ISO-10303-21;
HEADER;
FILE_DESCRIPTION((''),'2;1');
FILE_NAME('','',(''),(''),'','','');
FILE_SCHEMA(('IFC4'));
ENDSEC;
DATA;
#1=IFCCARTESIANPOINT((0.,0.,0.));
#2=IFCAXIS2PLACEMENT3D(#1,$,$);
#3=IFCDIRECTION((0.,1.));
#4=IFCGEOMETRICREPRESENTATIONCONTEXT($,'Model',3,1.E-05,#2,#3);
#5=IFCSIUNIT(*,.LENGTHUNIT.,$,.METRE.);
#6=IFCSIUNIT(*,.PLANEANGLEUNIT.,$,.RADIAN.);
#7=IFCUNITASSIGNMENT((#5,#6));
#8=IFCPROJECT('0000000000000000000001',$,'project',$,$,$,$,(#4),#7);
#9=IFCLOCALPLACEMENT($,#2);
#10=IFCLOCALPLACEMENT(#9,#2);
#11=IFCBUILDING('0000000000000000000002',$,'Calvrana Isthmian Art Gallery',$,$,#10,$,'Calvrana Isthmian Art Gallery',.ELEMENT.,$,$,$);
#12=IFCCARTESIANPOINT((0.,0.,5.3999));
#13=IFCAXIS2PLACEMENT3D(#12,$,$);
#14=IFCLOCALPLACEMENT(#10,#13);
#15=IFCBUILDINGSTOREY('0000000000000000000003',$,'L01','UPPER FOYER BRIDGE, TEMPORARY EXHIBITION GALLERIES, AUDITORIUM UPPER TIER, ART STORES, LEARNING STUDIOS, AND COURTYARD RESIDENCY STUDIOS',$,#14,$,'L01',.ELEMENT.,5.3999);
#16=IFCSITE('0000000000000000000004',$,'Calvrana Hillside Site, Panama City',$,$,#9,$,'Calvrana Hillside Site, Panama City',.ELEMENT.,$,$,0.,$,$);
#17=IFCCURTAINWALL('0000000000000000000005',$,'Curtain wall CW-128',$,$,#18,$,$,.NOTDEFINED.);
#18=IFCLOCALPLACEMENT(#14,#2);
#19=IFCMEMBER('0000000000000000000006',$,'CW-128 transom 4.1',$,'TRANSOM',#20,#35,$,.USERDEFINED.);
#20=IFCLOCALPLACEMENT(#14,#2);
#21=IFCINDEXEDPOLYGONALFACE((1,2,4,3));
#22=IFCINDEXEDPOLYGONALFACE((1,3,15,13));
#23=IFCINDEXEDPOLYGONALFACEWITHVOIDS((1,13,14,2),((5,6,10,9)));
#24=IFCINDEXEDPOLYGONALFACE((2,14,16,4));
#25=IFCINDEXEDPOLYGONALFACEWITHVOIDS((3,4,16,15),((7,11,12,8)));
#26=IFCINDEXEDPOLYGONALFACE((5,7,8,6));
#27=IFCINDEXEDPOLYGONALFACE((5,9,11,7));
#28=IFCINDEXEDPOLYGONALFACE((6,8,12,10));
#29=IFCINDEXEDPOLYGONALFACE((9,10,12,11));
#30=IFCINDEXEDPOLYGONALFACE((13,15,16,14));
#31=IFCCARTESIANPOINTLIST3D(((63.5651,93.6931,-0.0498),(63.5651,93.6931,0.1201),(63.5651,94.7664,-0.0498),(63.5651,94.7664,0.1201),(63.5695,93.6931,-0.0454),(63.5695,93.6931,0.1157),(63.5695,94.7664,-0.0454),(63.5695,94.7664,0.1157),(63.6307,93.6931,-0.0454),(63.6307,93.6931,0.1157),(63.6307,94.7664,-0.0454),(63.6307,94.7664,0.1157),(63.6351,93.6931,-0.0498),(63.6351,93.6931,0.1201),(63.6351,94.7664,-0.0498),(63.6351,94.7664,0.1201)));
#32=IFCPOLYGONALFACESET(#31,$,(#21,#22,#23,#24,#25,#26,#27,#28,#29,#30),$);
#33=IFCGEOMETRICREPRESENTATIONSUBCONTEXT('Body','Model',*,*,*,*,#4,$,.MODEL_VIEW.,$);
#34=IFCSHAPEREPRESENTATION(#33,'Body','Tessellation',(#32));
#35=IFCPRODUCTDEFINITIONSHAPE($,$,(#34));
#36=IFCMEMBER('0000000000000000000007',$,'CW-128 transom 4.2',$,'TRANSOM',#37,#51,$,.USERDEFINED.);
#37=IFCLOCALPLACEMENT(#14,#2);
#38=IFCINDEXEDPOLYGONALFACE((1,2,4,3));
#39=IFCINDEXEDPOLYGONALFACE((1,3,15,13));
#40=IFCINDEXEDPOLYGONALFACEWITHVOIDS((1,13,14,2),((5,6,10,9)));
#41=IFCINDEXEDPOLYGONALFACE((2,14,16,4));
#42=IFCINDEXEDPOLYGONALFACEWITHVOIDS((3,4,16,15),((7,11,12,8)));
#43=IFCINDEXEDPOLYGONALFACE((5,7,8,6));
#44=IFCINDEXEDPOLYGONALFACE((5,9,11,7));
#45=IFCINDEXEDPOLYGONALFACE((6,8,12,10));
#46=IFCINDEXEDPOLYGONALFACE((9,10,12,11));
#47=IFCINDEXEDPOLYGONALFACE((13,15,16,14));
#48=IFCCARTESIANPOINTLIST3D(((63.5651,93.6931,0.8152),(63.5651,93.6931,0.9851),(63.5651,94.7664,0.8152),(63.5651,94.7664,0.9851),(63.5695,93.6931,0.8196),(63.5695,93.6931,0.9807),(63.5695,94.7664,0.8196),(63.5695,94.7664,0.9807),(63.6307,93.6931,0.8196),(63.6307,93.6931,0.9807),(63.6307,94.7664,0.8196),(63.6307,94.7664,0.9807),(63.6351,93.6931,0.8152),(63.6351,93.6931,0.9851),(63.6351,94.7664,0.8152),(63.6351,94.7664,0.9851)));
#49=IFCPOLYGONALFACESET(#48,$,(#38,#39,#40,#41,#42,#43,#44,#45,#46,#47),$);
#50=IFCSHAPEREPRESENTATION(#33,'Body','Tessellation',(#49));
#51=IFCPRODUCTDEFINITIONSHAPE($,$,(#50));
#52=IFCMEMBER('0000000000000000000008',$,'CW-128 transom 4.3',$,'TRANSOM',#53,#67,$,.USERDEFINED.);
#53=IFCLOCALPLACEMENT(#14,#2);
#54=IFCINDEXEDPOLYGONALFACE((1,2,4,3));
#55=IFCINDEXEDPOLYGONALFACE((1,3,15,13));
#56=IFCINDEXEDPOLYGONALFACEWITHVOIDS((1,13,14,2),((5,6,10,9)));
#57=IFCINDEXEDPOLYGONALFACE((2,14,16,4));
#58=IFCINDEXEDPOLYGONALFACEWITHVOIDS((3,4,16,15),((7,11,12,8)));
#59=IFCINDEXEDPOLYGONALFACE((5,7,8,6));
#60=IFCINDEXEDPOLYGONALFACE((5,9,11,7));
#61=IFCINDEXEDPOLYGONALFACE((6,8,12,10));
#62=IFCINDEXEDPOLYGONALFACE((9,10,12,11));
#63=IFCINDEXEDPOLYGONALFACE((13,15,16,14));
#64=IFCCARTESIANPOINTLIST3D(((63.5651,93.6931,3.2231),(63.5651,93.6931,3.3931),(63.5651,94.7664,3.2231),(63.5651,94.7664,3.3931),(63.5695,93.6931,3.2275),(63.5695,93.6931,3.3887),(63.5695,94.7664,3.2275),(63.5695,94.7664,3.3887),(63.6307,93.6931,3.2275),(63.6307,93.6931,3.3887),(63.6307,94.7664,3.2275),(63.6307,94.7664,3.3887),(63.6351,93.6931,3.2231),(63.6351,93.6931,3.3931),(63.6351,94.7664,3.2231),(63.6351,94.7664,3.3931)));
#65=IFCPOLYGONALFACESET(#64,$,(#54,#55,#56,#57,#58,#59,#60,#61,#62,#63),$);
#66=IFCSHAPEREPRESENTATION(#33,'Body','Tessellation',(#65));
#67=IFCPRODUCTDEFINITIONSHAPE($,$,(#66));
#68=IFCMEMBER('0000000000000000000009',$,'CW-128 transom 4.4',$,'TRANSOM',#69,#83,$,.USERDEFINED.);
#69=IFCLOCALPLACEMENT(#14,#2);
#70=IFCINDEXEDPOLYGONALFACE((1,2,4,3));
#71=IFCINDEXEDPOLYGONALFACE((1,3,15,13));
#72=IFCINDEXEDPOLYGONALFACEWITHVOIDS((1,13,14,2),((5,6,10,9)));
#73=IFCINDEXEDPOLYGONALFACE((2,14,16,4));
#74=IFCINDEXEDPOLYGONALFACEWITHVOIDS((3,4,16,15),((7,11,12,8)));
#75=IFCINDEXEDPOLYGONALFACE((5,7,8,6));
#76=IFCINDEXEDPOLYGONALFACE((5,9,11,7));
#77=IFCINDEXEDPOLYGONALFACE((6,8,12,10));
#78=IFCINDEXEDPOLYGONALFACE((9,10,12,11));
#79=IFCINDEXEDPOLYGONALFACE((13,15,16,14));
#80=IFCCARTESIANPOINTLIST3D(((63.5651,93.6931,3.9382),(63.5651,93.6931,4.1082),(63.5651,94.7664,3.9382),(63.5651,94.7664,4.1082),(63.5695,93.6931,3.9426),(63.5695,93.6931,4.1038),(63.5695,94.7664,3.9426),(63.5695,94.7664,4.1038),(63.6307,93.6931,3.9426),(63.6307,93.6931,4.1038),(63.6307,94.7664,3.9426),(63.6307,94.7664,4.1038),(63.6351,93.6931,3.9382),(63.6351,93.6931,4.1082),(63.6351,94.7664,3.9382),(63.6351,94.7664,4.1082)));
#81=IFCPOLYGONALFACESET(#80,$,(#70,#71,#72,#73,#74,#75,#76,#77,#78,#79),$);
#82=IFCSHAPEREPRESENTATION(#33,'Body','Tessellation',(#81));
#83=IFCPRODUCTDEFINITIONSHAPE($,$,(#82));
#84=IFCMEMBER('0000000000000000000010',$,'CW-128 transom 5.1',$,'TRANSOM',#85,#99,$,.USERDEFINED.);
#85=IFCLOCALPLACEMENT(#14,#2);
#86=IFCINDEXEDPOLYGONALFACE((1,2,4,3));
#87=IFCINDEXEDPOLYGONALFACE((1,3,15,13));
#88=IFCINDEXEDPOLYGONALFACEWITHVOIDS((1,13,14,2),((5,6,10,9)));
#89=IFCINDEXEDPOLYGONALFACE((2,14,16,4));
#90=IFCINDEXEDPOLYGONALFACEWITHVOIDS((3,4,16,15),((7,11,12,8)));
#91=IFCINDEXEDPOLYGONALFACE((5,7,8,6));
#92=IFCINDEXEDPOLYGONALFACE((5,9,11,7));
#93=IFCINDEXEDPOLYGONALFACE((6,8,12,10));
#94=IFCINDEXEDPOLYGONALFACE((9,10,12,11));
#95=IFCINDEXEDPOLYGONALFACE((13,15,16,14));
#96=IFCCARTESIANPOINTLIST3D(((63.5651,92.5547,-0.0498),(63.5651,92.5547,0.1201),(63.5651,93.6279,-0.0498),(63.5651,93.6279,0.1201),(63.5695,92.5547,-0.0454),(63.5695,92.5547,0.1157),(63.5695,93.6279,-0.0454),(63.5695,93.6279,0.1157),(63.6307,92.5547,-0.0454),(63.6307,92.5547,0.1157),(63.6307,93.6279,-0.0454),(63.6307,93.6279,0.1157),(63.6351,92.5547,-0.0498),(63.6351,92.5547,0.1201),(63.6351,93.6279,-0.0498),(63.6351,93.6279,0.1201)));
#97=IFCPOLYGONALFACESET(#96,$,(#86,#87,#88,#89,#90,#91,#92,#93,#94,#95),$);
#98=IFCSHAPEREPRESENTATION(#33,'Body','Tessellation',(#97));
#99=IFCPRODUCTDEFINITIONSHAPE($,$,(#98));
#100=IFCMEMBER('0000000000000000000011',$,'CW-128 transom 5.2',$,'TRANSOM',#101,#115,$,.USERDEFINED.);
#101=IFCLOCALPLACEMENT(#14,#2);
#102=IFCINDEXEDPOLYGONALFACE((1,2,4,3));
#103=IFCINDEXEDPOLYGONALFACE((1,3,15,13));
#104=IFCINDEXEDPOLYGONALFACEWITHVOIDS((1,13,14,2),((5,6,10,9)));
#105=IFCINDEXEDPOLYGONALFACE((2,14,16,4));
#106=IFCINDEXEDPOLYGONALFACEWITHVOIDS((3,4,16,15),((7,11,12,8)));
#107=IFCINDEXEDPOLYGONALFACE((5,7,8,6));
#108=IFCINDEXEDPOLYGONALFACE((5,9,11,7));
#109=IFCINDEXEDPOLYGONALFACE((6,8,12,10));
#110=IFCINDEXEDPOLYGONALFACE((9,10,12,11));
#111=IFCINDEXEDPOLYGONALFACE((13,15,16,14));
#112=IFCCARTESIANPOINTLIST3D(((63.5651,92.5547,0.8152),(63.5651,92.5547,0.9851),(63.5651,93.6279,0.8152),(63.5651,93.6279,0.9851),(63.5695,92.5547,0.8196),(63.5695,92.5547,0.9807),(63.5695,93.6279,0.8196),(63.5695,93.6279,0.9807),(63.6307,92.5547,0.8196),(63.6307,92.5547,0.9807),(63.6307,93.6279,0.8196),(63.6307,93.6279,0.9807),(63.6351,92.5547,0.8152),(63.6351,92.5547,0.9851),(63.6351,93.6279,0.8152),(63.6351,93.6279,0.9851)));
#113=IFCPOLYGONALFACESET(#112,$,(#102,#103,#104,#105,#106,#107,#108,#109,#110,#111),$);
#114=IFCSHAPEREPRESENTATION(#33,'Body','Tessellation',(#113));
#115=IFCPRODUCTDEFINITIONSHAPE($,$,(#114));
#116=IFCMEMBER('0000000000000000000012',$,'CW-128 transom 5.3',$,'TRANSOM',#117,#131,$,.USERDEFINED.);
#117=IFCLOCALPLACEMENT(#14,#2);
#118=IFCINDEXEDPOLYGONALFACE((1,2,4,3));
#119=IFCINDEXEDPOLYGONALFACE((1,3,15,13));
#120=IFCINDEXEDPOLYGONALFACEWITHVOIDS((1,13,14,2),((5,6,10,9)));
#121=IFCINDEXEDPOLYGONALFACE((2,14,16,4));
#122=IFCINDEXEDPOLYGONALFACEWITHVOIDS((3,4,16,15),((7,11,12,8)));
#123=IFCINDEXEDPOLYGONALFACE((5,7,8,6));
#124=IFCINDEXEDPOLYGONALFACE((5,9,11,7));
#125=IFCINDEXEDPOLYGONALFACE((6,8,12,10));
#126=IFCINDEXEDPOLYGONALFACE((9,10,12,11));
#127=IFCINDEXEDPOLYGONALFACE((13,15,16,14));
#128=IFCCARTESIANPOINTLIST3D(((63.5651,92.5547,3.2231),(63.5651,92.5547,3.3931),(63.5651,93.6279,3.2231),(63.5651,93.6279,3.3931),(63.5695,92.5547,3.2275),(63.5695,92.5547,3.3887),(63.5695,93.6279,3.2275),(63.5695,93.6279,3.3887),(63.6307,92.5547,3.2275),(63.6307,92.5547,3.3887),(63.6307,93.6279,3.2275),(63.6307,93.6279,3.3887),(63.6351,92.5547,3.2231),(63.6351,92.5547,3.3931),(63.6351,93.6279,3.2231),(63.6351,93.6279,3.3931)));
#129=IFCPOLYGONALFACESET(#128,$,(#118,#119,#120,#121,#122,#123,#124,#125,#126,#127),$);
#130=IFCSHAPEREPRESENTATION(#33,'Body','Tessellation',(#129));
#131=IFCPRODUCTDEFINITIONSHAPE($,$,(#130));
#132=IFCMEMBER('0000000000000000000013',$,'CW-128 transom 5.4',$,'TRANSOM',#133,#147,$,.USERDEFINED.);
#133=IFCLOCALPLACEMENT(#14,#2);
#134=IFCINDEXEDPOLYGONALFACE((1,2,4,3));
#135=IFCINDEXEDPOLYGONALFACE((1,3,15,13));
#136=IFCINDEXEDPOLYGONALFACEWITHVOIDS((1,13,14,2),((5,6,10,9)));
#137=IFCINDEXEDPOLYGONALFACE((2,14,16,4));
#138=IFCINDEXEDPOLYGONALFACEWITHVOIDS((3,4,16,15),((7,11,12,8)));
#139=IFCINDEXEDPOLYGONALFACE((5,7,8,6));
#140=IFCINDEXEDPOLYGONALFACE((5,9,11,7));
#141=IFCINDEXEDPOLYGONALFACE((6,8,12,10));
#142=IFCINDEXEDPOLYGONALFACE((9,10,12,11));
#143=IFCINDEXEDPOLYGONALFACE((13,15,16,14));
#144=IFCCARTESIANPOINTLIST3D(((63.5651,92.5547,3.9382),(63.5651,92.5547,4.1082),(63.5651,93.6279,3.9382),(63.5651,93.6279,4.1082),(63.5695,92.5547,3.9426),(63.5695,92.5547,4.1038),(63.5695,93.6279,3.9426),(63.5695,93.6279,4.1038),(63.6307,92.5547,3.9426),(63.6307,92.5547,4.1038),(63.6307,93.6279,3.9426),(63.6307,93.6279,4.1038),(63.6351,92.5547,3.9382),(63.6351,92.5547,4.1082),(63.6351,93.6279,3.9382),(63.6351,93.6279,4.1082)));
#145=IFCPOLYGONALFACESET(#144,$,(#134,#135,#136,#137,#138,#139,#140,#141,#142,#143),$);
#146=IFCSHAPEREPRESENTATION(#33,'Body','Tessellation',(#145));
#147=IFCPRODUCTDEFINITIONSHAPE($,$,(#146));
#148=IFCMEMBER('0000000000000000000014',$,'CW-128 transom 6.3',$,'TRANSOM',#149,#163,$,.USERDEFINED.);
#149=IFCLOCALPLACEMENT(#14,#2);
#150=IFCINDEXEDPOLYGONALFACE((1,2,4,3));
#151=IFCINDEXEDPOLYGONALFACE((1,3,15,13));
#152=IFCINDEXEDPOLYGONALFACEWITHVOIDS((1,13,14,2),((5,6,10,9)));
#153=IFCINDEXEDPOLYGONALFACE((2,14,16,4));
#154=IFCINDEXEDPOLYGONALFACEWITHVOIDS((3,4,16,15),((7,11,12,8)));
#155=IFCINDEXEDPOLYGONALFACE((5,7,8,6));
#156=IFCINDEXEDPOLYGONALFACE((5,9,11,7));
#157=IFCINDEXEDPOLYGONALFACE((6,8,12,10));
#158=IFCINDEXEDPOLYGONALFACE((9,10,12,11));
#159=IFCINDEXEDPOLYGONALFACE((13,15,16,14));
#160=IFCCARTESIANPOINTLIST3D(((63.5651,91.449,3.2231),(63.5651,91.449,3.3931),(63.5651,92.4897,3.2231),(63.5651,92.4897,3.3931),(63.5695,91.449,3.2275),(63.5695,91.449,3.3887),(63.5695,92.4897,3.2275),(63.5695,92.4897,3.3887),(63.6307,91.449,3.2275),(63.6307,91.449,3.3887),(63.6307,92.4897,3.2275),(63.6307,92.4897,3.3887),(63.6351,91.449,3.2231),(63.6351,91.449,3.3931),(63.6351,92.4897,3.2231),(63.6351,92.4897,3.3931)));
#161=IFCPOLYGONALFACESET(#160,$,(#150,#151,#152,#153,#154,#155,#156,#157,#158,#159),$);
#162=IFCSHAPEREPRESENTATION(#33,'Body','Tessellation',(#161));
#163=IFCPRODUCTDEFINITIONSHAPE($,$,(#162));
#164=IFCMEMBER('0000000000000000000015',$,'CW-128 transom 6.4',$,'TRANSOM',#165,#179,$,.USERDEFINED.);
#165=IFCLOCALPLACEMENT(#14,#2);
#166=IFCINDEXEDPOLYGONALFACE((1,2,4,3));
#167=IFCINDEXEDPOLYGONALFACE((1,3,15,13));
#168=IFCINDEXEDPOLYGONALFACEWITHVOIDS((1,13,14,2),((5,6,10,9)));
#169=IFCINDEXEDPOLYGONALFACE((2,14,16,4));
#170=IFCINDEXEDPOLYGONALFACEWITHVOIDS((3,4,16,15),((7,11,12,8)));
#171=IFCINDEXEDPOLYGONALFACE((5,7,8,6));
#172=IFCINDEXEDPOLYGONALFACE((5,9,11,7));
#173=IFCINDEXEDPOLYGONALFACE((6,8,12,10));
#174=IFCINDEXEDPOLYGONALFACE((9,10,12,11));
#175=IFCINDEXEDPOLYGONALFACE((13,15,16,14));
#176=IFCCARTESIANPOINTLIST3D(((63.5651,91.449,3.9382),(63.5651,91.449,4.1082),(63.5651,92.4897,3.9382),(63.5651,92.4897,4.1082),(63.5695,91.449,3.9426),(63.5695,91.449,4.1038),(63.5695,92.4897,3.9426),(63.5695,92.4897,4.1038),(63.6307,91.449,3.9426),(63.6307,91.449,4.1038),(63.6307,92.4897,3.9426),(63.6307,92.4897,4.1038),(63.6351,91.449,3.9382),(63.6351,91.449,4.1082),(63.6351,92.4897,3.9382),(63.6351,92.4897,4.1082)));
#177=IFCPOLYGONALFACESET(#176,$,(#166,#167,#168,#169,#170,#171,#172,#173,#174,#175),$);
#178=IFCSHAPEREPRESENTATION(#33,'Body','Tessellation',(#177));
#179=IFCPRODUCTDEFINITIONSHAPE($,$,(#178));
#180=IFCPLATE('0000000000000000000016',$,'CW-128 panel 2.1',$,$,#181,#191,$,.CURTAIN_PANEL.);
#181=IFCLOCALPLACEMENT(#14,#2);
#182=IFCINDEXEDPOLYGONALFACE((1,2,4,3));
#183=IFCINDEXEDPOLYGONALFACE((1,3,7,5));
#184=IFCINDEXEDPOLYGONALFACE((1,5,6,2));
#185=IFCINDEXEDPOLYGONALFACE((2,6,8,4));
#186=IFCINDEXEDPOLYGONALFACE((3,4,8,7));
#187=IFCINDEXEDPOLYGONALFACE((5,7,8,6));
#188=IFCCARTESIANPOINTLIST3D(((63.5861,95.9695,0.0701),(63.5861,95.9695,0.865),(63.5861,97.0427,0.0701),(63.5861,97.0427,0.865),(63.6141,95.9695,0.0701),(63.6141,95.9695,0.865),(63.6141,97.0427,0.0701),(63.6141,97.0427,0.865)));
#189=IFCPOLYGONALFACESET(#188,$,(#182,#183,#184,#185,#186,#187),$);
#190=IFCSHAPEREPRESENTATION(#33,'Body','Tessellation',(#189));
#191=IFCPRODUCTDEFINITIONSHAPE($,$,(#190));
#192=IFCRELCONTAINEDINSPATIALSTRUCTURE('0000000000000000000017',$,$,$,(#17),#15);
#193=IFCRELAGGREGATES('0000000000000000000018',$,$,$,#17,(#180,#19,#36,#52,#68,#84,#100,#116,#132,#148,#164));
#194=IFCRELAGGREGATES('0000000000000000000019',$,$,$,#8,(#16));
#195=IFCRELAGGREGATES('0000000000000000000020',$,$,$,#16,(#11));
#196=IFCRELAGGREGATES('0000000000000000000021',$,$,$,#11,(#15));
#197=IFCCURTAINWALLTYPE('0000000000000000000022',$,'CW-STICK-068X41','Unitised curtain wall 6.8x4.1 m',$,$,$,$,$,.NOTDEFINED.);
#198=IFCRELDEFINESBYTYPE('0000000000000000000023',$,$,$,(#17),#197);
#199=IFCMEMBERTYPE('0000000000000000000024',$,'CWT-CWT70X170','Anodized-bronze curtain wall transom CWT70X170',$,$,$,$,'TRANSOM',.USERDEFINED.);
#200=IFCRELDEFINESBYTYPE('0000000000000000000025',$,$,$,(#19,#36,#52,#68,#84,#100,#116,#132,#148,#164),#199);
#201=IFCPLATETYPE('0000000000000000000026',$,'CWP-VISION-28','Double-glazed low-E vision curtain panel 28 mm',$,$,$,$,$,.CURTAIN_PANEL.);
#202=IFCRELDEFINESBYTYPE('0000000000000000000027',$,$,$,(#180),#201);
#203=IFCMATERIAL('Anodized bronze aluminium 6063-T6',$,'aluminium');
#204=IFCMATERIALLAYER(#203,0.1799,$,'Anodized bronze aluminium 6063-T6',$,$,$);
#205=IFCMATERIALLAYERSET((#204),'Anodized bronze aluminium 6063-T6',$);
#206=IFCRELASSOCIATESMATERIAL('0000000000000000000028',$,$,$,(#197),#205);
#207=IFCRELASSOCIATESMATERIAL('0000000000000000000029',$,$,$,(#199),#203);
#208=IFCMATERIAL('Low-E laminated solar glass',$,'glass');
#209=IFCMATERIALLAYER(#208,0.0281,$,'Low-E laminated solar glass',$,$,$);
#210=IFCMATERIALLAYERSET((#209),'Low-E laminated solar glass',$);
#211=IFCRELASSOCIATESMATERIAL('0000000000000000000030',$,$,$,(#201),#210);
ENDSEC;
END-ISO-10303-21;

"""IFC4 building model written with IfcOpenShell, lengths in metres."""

from ifc_helpers import new_model, si_unit, direction, frame, origin, origin_2d, place, context, subcontext, project, spatial, rectangle, hollow_rectangle, extrude, material, layer, layer_set, material_profile, profile_set, type_object, element, aggregate, save


model = new_model("IFC4")

# Units and contexts
model_context = context("Model", 3, precision=1e-05, world=origin(), true_north=direction((0.0, 1.0)))
body_context = subcontext(model_context, "Body", "Model", "MODEL_VIEW")
ifc_project = project(units=[si_unit("LENGTHUNIT", "METRE"), si_unit("PLANEANGLEUNIT", "RADIAN")], contexts=[model_context])

# Site, building, storey
site_placement = place(None, origin())
site = spatial("IfcSite", under=ifc_project, at=site_placement, Name="Calvrana Hillside Site, Panama City", LongName="Calvrana Hillside Site, Panama City", CompositionType="ELEMENT", RefElevation=0.0)
building_placement = place(site_placement, origin())
building = spatial("IfcBuilding", under=site, at=building_placement, Name="Calvrana Isthmian Art Gallery", LongName="Calvrana Isthmian Art Gallery", CompositionType="ELEMENT")
storey_placement = place(building_placement, frame((0.0, 0.0, 5.3999)))
storey = spatial("IfcBuildingStorey", under=building, at=storey_placement, Name="L01", Description="UPPER FOYER BRIDGE, TEMPORARY EXHIBITION GALLERIES, AUDITORIUM UPPER TIER, ART STORES, LEARNING STUDIOS, AND COURTYARD RESIDENCY STUDIOS", LongName="L01", CompositionType="ELEMENT", Elevation=5.3999)

# Curtain wall, members, plate
ifc_material_1 = material(Name="Anodized bronze aluminium 6063-T6", Category="aluminium")
ifc_layer_1 = layer(ifc_material_1, 0.1799, Name="Anodized bronze aluminium 6063-T6")
ifc_layer_set_1 = layer_set([ifc_layer_1], Name="Anodized bronze aluminium 6063-T6")
curtain_wall_type = type_object("IfcCurtainWallType", Name="CW-STICK-068X41", Description="Unitised curtain wall 6.8x4.1 m", PredefinedType="NOTDEFINED", material=ifc_layer_set_1)
curtain_wall_placement = place(storey_placement, origin())
curtain_wall = element("IfcCurtainWall", 1, at=curtain_wall_placement, inside=storey, type_object=curtain_wall_type, Name="Curtain wall CW-128", PredefinedType="NOTDEFINED")
ifc_material_profile_1 = material_profile(ifc_material_1, hollow_rectangle(XDim=0.0701, YDim=0.1699, WallThickness=0.0044, at=origin_2d()), Name="CWT70X170")
ifc_profile_set_1 = profile_set([ifc_material_profile_1], Name="Anodized bronze aluminium 6063-T6")
member_type_1 = type_object("IfcMemberType", Name="CWT-CWT70X170", Description="Anodized-bronze curtain wall transom CWT70X170", ElementType="TRANSOM", PredefinedType="USERDEFINED", material=ifc_profile_set_1)
member_1_placement = place(storey_placement, frame((63.6001, 94.7664, 0.0352), z_axis=(0.0, -1.0, 0.0), x_axis=(1.0, 0.0, 0.0)))
member_1 = element("IfcMember", 2, at=member_1_placement, type_object=member_type_1, Name="CW-128 transom 4.1", ObjectType="TRANSOM", PredefinedType="USERDEFINED", context=body_context, shape_type="SweptSolid", body=[
    extrude(hollow_rectangle(XDim=0.0701, YDim=0.1699, WallThickness=0.0044, at=origin_2d()), origin(), (0.0, 0.0, 1.0), 1.0732),
])
member_2_placement = place(storey_placement, frame((63.6001, 94.7664, 0.9001), z_axis=(0.0, -1.0, 0.0), x_axis=(1.0, 0.0, 0.0)))
member_2 = element("IfcMember", 3, at=member_2_placement, type_object=member_type_1, Name="CW-128 transom 4.2", ObjectType="TRANSOM", PredefinedType="USERDEFINED", context=body_context, shape_type="SweptSolid", body=[
    extrude(hollow_rectangle(XDim=0.0701, YDim=0.1699, WallThickness=0.0044, at=origin_2d()), origin(), (0.0, 0.0, 1.0), 1.0732),
])
member_3_placement = place(storey_placement, frame((63.6001, 94.7664, 3.3081), z_axis=(0.0, -1.0, 0.0), x_axis=(1.0, 0.0, 0.0)))
member_3 = element("IfcMember", 4, at=member_3_placement, type_object=member_type_1, Name="CW-128 transom 4.3", ObjectType="TRANSOM", PredefinedType="USERDEFINED", context=body_context, shape_type="SweptSolid", body=[
    extrude(hollow_rectangle(XDim=0.0701, YDim=0.1699, WallThickness=0.0044, at=origin_2d()), origin(), (0.0, 0.0, 1.0), 1.0732),
])
member_4_placement = place(storey_placement, frame((63.6001, 94.7664, 4.0232), z_axis=(0.0, -1.0, 0.0), x_axis=(1.0, 0.0, 0.0)))
member_4 = element("IfcMember", 5, at=member_4_placement, type_object=member_type_1, Name="CW-128 transom 4.4", ObjectType="TRANSOM", PredefinedType="USERDEFINED", context=body_context, shape_type="SweptSolid", body=[
    extrude(hollow_rectangle(XDim=0.0701, YDim=0.1699, WallThickness=0.0044, at=origin_2d()), origin(), (0.0, 0.0, 1.0), 1.0732),
])
member_5_placement = place(storey_placement, frame((63.6001, 93.6279, 0.0352), z_axis=(0.0, -1.0, 0.0), x_axis=(1.0, 0.0, 0.0)))
member_5 = element("IfcMember", 6, at=member_5_placement, type_object=member_type_1, Name="CW-128 transom 5.1", ObjectType="TRANSOM", PredefinedType="USERDEFINED", context=body_context, shape_type="SweptSolid", body=[
    extrude(hollow_rectangle(XDim=0.0701, YDim=0.1699, WallThickness=0.0044, at=origin_2d()), origin(), (0.0, 0.0, 1.0), 1.0732),
])
member_6_placement = place(storey_placement, frame((63.6001, 93.6279, 0.9001), z_axis=(0.0, -1.0, 0.0), x_axis=(1.0, 0.0, 0.0)))
member_6 = element("IfcMember", 7, at=member_6_placement, type_object=member_type_1, Name="CW-128 transom 5.2", ObjectType="TRANSOM", PredefinedType="USERDEFINED", context=body_context, shape_type="SweptSolid", body=[
    extrude(hollow_rectangle(XDim=0.0701, YDim=0.1699, WallThickness=0.0044, at=origin_2d()), origin(), (0.0, 0.0, 1.0), 1.0732),
])
member_7_placement = place(storey_placement, frame((63.6001, 93.6279, 3.3081), z_axis=(0.0, -1.0, 0.0), x_axis=(1.0, 0.0, 0.0)))
member_7 = element("IfcMember", 8, at=member_7_placement, type_object=member_type_1, Name="CW-128 transom 5.3", ObjectType="TRANSOM", PredefinedType="USERDEFINED", context=body_context, shape_type="SweptSolid", body=[
    extrude(hollow_rectangle(XDim=0.0701, YDim=0.1699, WallThickness=0.0044, at=origin_2d()), origin(), (0.0, 0.0, 1.0), 1.0732),
])
member_8_placement = place(storey_placement, frame((63.6001, 93.6279, 4.0232), z_axis=(0.0, -1.0, 0.0), x_axis=(1.0, 0.0, 0.0)))
member_8 = element("IfcMember", 9, at=member_8_placement, type_object=member_type_1, Name="CW-128 transom 5.4", ObjectType="TRANSOM", PredefinedType="USERDEFINED", context=body_context, shape_type="SweptSolid", body=[
    extrude(hollow_rectangle(XDim=0.0701, YDim=0.1699, WallThickness=0.0044, at=origin_2d()), origin(), (0.0, 0.0, 1.0), 1.0732),
])
member_9_placement = place(storey_placement, frame((63.6001, 92.4897, 3.3081), z_axis=(0.0, -1.0, 0.0), x_axis=(1.0, 0.0, 0.0)))
member_9 = element("IfcMember", 10, at=member_9_placement, type_object=member_type_1, Name="CW-128 transom 6.3", ObjectType="TRANSOM", PredefinedType="USERDEFINED", context=body_context, shape_type="SweptSolid", body=[
    extrude(hollow_rectangle(XDim=0.0701, YDim=0.1699, WallThickness=0.0044, at=origin_2d()), origin(), (0.0, 0.0, 1.0), 1.0408),
])
member_10_placement = place(storey_placement, frame((63.6001, 92.4897, 4.0232), z_axis=(0.0, -1.0, 0.0), x_axis=(1.0, 0.0, 0.0)))
member_10 = element("IfcMember", 11, at=member_10_placement, type_object=member_type_1, Name="CW-128 transom 6.4", ObjectType="TRANSOM", PredefinedType="USERDEFINED", context=body_context, shape_type="SweptSolid", body=[
    extrude(hollow_rectangle(XDim=0.0701, YDim=0.1699, WallThickness=0.0044, at=origin_2d()), origin(), (0.0, 0.0, 1.0), 1.0408),
])
ifc_material_2 = material(Name="Low-E laminated solar glass", Category="glass")
ifc_layer_2 = layer(ifc_material_2, 0.0281, Name="Low-E laminated solar glass")
ifc_layer_set_2 = layer_set([ifc_layer_2], Name="Low-E laminated solar glass")
plate_type = type_object("IfcPlateType", Name="CWP-VISION-28", Description="Double-glazed low-E vision curtain panel 28 mm", PredefinedType="CURTAIN_PANEL", material=ifc_layer_set_2)
plate_1_placement = place(storey_placement, frame((63.6001, 96.5061, 0.0701), z_axis=(0.0, 0.0, 1.0), x_axis=(0.0, -1.0, 0.0)))
plate_1 = element("IfcPlate", 12, at=plate_1_placement, type_object=plate_type, Name="CW-128 panel 2.1", PredefinedType="CURTAIN_PANEL", context=body_context, shape_type="SweptSolid", body=[
    extrude(rectangle(XDim=1.0732, YDim=0.0281, at=origin_2d()), origin(), (0.0, 0.0, 1.0), 0.7949),
])
aggregate(curtain_wall, [plate_1, member_1, member_2, member_3, member_4, member_5, member_6, member_7, member_8, member_9, member_10])

save(model, "model.ifc")
